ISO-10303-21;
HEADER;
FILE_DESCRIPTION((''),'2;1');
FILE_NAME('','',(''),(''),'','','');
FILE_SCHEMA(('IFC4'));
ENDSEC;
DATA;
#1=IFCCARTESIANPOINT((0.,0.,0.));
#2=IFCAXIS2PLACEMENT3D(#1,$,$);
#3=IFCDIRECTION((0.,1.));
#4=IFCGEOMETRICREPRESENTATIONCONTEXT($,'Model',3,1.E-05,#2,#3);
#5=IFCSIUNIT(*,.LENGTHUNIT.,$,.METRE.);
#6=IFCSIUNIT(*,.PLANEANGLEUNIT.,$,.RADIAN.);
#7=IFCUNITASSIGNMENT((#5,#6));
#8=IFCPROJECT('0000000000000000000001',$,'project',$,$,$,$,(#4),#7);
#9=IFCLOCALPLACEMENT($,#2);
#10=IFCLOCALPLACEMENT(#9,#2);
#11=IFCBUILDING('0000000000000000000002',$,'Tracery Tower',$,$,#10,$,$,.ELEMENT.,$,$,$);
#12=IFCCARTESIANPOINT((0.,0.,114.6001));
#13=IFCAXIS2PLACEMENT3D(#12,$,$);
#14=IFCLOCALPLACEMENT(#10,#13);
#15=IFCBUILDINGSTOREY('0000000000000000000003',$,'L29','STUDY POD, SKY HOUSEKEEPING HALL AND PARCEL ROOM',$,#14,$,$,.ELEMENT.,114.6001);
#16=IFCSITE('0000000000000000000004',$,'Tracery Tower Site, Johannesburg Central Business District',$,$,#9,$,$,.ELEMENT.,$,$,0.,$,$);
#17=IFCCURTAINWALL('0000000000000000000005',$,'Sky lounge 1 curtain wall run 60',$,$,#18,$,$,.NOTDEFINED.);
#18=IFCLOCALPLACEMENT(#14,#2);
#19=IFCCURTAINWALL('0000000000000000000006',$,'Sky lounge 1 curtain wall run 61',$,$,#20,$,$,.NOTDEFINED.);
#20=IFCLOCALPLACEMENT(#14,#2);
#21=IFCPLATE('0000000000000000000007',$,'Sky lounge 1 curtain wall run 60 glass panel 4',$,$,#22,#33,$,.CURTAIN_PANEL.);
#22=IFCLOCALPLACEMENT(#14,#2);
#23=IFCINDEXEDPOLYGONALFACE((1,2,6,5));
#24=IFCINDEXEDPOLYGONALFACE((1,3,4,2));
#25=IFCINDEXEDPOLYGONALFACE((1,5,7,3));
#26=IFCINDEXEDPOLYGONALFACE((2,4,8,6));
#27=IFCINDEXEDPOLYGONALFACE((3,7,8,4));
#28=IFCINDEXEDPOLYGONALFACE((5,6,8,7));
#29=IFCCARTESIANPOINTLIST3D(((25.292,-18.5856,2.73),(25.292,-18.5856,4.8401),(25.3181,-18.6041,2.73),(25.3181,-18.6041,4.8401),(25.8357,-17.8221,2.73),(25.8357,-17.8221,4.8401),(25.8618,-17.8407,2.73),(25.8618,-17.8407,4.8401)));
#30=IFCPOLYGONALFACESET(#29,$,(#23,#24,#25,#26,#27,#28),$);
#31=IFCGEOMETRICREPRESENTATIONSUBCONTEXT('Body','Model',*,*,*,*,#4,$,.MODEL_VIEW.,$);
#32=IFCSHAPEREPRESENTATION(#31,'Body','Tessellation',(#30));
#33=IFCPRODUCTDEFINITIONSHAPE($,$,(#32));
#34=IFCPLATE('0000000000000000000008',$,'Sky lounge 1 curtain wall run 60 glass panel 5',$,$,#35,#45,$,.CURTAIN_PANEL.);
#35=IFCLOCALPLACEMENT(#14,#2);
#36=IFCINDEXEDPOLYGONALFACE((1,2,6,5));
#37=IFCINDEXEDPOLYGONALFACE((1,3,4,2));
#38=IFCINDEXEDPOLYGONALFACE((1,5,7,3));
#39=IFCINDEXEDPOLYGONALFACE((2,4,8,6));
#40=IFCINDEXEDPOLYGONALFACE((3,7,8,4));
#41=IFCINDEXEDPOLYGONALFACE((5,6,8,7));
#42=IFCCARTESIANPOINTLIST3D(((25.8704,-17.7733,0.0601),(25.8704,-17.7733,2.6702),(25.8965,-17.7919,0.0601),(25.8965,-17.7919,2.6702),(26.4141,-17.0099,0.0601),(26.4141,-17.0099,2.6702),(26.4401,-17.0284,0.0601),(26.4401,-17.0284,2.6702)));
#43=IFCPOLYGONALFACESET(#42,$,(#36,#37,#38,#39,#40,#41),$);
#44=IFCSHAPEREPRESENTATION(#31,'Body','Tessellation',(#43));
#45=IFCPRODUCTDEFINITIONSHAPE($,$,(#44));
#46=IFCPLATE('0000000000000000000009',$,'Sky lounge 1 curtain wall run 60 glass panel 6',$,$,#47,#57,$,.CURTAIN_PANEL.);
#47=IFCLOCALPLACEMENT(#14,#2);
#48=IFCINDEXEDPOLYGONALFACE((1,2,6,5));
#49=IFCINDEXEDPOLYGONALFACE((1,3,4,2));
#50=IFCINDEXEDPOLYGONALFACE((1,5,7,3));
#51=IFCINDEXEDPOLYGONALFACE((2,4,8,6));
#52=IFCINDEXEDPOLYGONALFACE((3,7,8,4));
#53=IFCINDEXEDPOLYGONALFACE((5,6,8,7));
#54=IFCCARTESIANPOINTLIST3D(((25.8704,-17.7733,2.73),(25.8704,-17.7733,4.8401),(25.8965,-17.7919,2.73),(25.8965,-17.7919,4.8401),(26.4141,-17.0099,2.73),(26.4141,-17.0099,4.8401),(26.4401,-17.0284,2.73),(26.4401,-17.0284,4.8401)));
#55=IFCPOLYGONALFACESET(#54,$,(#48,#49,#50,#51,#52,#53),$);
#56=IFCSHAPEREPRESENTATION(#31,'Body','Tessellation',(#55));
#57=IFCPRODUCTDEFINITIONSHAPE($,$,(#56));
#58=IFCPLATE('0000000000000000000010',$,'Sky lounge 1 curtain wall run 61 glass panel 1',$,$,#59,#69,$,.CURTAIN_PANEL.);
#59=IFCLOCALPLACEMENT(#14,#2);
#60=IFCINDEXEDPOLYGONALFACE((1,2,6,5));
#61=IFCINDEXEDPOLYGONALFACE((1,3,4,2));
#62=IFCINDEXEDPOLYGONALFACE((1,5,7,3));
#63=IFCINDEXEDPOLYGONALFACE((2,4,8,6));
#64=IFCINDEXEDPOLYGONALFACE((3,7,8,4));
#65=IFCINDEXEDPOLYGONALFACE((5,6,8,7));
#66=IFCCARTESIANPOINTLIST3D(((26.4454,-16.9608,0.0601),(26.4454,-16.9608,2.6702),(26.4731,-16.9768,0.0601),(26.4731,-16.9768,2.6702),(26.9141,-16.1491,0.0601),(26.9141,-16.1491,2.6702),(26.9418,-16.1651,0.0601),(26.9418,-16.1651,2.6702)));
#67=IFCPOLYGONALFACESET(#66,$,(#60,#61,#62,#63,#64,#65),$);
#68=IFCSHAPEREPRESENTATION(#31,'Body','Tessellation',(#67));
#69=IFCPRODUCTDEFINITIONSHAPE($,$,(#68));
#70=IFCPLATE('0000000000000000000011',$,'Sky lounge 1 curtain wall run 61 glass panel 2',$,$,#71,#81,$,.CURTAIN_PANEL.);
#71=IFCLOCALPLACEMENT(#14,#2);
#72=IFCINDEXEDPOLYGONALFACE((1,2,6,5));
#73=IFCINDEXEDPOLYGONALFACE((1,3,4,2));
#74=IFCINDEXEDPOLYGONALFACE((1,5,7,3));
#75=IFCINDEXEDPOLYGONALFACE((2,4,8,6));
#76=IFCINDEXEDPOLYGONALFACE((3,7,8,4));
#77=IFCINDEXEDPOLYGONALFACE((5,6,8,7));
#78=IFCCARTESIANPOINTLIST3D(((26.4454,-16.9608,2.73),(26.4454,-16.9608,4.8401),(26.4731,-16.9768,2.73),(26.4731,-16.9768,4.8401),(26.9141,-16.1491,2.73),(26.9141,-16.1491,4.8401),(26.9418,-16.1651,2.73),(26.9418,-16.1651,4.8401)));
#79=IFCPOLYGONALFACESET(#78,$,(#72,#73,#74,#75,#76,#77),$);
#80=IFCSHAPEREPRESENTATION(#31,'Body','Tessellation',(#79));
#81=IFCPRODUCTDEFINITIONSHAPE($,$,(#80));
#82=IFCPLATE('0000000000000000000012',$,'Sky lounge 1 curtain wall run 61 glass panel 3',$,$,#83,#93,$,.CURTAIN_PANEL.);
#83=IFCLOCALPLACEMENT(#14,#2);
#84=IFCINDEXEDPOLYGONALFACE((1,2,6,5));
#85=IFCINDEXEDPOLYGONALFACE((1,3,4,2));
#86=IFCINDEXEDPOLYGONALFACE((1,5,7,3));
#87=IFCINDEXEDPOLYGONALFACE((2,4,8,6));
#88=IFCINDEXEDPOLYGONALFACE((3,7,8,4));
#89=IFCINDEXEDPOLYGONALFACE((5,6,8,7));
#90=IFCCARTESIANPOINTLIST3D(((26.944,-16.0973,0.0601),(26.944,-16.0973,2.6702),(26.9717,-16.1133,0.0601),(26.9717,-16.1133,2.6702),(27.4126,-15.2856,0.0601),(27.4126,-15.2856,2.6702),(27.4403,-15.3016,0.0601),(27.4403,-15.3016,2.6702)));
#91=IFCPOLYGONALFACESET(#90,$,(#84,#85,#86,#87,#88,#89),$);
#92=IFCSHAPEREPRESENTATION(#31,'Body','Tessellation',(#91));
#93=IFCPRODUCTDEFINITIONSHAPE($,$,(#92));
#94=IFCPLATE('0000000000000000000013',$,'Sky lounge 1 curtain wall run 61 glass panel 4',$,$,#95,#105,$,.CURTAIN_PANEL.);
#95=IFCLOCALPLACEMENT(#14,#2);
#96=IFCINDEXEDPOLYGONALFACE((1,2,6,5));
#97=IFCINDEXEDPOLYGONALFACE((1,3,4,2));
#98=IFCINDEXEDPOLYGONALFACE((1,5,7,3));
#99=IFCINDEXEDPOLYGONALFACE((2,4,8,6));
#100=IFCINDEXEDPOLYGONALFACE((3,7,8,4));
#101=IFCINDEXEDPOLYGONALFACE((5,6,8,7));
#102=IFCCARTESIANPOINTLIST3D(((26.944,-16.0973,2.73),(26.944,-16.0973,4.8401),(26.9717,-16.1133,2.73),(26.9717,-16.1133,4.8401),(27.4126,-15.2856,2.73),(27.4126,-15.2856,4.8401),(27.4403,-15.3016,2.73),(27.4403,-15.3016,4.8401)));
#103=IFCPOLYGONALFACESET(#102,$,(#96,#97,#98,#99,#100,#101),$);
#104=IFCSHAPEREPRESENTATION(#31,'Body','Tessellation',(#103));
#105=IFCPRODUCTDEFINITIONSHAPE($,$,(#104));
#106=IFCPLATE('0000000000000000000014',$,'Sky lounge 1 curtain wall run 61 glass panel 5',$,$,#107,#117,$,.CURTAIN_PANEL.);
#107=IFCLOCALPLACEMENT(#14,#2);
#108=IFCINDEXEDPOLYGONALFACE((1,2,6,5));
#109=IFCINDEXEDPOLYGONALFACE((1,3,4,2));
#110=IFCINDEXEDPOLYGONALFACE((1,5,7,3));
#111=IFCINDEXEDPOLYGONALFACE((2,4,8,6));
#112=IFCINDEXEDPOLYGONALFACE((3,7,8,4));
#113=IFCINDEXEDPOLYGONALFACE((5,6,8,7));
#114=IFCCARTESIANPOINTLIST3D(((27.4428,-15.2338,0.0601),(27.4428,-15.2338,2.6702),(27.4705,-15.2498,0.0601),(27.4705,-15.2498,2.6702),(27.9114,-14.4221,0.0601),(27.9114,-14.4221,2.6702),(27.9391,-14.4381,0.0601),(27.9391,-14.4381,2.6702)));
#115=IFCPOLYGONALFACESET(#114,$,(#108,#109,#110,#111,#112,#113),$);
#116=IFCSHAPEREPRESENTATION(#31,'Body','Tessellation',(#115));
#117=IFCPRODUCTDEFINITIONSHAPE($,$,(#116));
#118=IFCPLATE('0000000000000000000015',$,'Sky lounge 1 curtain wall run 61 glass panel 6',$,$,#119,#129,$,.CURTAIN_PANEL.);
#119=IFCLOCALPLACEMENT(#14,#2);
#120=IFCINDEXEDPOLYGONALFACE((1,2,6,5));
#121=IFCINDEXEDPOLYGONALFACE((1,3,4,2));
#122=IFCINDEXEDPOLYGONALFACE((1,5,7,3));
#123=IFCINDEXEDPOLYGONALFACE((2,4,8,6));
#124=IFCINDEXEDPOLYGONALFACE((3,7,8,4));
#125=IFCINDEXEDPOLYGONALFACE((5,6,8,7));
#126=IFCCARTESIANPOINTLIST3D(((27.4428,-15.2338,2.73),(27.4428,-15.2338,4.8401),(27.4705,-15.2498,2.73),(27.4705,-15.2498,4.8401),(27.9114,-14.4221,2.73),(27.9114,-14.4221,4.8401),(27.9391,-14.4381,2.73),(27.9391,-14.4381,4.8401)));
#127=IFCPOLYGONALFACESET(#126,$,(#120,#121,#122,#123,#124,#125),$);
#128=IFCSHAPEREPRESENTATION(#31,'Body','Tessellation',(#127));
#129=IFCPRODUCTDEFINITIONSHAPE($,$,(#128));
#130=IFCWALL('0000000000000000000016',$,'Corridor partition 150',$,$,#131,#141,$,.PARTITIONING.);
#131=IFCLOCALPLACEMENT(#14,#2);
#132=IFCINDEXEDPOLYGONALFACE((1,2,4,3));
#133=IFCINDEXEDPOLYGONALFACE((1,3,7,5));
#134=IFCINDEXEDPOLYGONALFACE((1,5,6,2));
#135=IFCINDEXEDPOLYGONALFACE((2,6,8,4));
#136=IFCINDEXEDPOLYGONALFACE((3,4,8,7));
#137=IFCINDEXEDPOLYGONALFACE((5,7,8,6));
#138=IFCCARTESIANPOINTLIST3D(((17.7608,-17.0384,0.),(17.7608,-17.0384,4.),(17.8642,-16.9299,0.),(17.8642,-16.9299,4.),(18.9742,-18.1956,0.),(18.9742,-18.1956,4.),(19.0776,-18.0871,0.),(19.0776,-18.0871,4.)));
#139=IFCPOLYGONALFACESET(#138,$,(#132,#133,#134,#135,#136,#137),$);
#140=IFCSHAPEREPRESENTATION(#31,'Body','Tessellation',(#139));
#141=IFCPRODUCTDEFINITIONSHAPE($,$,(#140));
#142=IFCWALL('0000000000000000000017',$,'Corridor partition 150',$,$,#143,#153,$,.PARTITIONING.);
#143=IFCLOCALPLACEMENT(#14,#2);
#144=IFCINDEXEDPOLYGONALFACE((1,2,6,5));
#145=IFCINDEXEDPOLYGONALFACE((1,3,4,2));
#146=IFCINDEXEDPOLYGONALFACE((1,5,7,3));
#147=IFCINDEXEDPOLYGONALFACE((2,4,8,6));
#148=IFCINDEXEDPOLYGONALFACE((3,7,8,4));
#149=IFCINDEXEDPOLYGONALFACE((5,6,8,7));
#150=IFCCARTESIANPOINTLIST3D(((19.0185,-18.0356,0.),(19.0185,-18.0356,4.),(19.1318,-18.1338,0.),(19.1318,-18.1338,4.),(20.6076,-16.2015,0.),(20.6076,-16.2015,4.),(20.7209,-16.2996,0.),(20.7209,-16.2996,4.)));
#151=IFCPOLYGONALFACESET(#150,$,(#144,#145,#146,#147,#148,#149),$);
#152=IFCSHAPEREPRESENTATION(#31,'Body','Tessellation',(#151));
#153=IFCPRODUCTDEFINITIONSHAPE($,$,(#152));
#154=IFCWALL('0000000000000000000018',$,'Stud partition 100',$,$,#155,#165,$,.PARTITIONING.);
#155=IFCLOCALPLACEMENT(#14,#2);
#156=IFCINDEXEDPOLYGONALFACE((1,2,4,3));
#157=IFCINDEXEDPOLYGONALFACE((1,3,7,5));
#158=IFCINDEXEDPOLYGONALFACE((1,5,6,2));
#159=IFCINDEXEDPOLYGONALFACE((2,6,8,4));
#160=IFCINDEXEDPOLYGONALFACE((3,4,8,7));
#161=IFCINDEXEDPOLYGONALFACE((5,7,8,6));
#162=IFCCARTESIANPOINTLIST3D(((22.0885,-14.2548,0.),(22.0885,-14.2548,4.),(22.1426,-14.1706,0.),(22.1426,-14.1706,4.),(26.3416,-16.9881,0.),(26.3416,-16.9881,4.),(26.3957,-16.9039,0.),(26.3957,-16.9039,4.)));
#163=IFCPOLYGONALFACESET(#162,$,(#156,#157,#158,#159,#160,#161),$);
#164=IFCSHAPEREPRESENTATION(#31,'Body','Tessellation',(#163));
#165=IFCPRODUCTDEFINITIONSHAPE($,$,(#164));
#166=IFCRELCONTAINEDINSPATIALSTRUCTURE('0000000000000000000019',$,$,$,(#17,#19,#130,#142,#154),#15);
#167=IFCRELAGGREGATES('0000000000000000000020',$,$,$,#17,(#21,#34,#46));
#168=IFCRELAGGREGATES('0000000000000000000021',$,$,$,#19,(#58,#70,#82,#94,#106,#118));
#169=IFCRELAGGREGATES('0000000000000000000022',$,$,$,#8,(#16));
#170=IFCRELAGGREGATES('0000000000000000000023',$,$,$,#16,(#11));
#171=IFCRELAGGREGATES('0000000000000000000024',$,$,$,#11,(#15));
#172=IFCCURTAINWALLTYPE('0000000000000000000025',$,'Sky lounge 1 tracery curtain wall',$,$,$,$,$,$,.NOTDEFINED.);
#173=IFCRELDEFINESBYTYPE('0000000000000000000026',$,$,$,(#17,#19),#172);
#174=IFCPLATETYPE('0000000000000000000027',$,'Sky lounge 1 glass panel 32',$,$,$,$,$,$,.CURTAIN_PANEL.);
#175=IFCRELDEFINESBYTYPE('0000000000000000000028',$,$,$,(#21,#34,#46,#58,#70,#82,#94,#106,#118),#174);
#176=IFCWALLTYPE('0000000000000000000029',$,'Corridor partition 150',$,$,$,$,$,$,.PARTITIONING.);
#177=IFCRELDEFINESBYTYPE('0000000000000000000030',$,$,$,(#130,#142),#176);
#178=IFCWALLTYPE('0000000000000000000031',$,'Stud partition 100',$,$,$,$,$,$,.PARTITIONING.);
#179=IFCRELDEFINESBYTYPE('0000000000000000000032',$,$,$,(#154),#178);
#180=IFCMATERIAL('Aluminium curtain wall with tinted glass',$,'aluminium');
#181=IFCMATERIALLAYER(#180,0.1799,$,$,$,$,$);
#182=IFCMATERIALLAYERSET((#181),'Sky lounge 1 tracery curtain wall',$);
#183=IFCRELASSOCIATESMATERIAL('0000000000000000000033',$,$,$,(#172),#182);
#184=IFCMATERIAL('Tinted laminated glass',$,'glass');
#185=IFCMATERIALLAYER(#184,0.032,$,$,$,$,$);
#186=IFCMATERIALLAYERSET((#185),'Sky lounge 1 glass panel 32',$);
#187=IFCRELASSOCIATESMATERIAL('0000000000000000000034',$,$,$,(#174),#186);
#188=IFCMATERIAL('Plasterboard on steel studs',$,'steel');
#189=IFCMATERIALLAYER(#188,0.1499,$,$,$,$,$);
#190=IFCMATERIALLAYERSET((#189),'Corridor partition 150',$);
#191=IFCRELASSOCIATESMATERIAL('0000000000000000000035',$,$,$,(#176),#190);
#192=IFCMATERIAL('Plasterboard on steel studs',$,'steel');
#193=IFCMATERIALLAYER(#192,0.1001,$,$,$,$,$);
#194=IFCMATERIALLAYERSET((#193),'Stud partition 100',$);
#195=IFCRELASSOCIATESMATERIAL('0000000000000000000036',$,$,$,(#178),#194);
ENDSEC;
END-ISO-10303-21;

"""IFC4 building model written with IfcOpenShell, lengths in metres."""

from ifc_helpers import new_model, si_unit, direction, frame, frame_2d, origin, origin_2d, place, context, subcontext, project, spatial, rectangle, extrude, material, layer, layer_set, type_object, element, aggregate, save


model = new_model("IFC4")

# Units and contexts
model_context = context("Model", 3, precision=1e-05, world=origin(), true_north=direction((0.0, 1.0)))
body_context = subcontext(model_context, "Body", "Model", "MODEL_VIEW")
ifc_project = project(units=[si_unit("LENGTHUNIT", "METRE"), si_unit("PLANEANGLEUNIT", "RADIAN")], contexts=[model_context])

# Site, building, storey
site_placement = place(None, origin())
site = spatial("IfcSite", under=ifc_project, at=site_placement, Name="Tracery Tower Site, Johannesburg Central Business District", CompositionType="ELEMENT", RefElevation=0.0)
building_placement = place(site_placement, origin())
building = spatial("IfcBuilding", under=site, at=building_placement, Name="Tracery Tower", CompositionType="ELEMENT")
storey_placement = place(building_placement, frame((0.0, 0.0, 114.6001)))
storey = spatial("IfcBuildingStorey", under=building, at=storey_placement, Name="L29", Description="STUDY POD, SKY HOUSEKEEPING HALL AND PARCEL ROOM", CompositionType="ELEMENT", Elevation=114.6001)

# Shared definitions
ifc_material_1 = material(Name="Aluminium curtain wall with tinted glass", Category="aluminium")
ifc_layer_1 = layer(ifc_material_1, 0.1799)
ifc_layer_set_1 = layer_set([ifc_layer_1], Name="Sky lounge 1 tracery curtain wall")
curtain_wall_type = type_object("IfcCurtainWallType", Name="Sky lounge 1 tracery curtain wall", PredefinedType="NOTDEFINED", material=ifc_layer_set_1)

# Curtain walls
curtain_wall_1_placement = place(storey_placement, origin())
curtain_wall_1 = element("IfcCurtainWall", 1, at=curtain_wall_1_placement, inside=storey, type_object=curtain_wall_type, Name="Sky lounge 1 curtain wall run 60", PredefinedType="NOTDEFINED")
curtain_wall_2_placement = place(storey_placement, origin())
curtain_wall_2 = element("IfcCurtainWall", 2, at=curtain_wall_2_placement, inside=storey, type_object=curtain_wall_type, Name="Sky lounge 1 curtain wall run 61", PredefinedType="NOTDEFINED")

# Plates
ifc_material_2 = material(Name="Tinted laminated glass", Category="glass")
ifc_layer_2 = layer(ifc_material_2, 0.032)
ifc_layer_set_2 = layer_set([ifc_layer_2], Name="Sky lounge 1 glass panel 32")
plate_type = type_object("IfcPlateType", Name="Sky lounge 1 glass panel 32", PredefinedType="CURTAIN_PANEL", material=ifc_layer_set_2)
plate_1_placement = place(storey_placement, frame((25.5769, -18.2131, 2.73), z_axis=(0.0, 0.0, 1.0), x_axis=(0.580057, 0.814576, 0.0)))
plate_1 = element("IfcPlate", 3, at=plate_1_placement, type_object=plate_type, Name="Sky lounge 1 curtain wall run 60 glass panel 4", PredefinedType="CURTAIN_PANEL", context=body_context, shape_type="SweptSolid", body=[
    extrude(rectangle(XDim=0.9373, YDim=0.032, at=origin_2d()), origin(), (0.0, 0.0, 1.0), 2.1101),
])
plate_2_placement = place(storey_placement, frame((26.1553, -17.4009, 0.0601), z_axis=(0.0, 0.0, 1.0), x_axis=(0.580057, 0.814576, 0.0)))
plate_2 = element("IfcPlate", 4, at=plate_2_placement, type_object=plate_type, Name="Sky lounge 1 curtain wall run 60 glass panel 5", PredefinedType="CURTAIN_PANEL", context=body_context, shape_type="SweptSolid", body=[
    extrude(rectangle(XDim=0.9373, YDim=0.032, at=origin_2d()), origin(), (0.0, 0.0, 1.0), 2.6101),
])
plate_3_placement = place(storey_placement, frame((26.1553, -17.4009, 2.73), z_axis=(0.0, 0.0, 1.0), x_axis=(0.580057, 0.814576, 0.0)))
plate_3 = element("IfcPlate", 5, at=plate_3_placement, type_object=plate_type, Name="Sky lounge 1 curtain wall run 60 glass panel 6", PredefinedType="CURTAIN_PANEL", context=body_context, shape_type="SweptSolid", body=[
    extrude(rectangle(XDim=0.9373, YDim=0.032, at=origin_2d()), origin(), (0.0, 0.0, 1.0), 2.1101),
])
aggregate(curtain_wall_1, [plate_1, plate_2, plate_3])
plate_4_placement = place(storey_placement, frame((26.6936, -16.563, 0.0601), z_axis=(0.0, 0.0, 1.0), x_axis=(0.5, 0.866025, 0.0)))
plate_4 = element("IfcPlate", 6, at=plate_4_placement, type_object=plate_type, Name="Sky lounge 1 curtain wall run 61 glass panel 1", PredefinedType="CURTAIN_PANEL", context=body_context, shape_type="SweptSolid", body=[
    extrude(rectangle(XDim=0.9373, YDim=0.032, at=origin_2d()), origin(), (0.0, 0.0, 1.0), 2.6101),
])
plate_5_placement = place(storey_placement, frame((26.6936, -16.563, 2.73), z_axis=(0.0, 0.0, 1.0), x_axis=(0.5, 0.866025, 0.0)))
plate_5 = element("IfcPlate", 7, at=plate_5_placement, type_object=plate_type, Name="Sky lounge 1 curtain wall run 61 glass panel 2", PredefinedType="CURTAIN_PANEL", context=body_context, shape_type="SweptSolid", body=[
    extrude(rectangle(XDim=0.9373, YDim=0.032, at=origin_2d()), origin(), (0.0, 0.0, 1.0), 2.1101),
])
plate_6_placement = place(storey_placement, frame((27.1921, -15.6995, 0.0601), z_axis=(0.0, 0.0, 1.0), x_axis=(0.5, 0.866025, 0.0)))
plate_6 = element("IfcPlate", 8, at=plate_6_placement, type_object=plate_type, Name="Sky lounge 1 curtain wall run 61 glass panel 3", PredefinedType="CURTAIN_PANEL", context=body_context, shape_type="SweptSolid", body=[
    extrude(rectangle(XDim=0.9373, YDim=0.032, at=origin_2d()), origin(), (0.0, 0.0, 1.0), 2.6101),
])
plate_7_placement = place(storey_placement, frame((27.1921, -15.6995, 2.73), z_axis=(0.0, 0.0, 1.0), x_axis=(0.5, 0.866025, 0.0)))
plate_7 = element("IfcPlate", 9, at=plate_7_placement, type_object=plate_type, Name="Sky lounge 1 curtain wall run 61 glass panel 4", PredefinedType="CURTAIN_PANEL", context=body_context, shape_type="SweptSolid", body=[
    extrude(rectangle(XDim=0.9373, YDim=0.032, at=origin_2d()), origin(), (0.0, 0.0, 1.0), 2.1101),
])
plate_8_placement = place(storey_placement, frame((27.6909, -14.8359, 0.0601), z_axis=(0.0, 0.0, 1.0), x_axis=(0.5, 0.866025, 0.0)))
plate_8 = element("IfcPlate", 10, at=plate_8_placement, type_object=plate_type, Name="Sky lounge 1 curtain wall run 61 glass panel 5", PredefinedType="CURTAIN_PANEL", context=body_context, shape_type="SweptSolid", body=[
    extrude(rectangle(XDim=0.9373, YDim=0.032, at=origin_2d()), origin(), (0.0, 0.0, 1.0), 2.6101),
])
plate_9_placement = place(storey_placement, frame((27.6909, -14.8359, 2.73), z_axis=(0.0, 0.0, 1.0), x_axis=(0.5, 0.866025, 0.0)))
plate_9 = element("IfcPlate", 11, at=plate_9_placement, type_object=plate_type, Name="Sky lounge 1 curtain wall run 61 glass panel 6", PredefinedType="CURTAIN_PANEL", context=body_context, shape_type="SweptSolid", body=[
    extrude(rectangle(XDim=0.9373, YDim=0.032, at=origin_2d()), origin(), (0.0, 0.0, 1.0), 2.1101),
])
aggregate(curtain_wall_2, [plate_4, plate_5, plate_6, plate_7, plate_8, plate_9])

# Walls
ifc_material_3 = material(Name="Plasterboard on steel studs", Category="steel")
ifc_layer_3 = layer(ifc_material_3, 0.1499)
ifc_layer_set_3 = layer_set([ifc_layer_3], Name="Corridor partition 150")
wall_type_1 = type_object("IfcWallType", Name="Corridor partition 150", PredefinedType="PARTITIONING", material=ifc_layer_set_3)
wall_1_placement = place(storey_placement, frame((19.0259, -18.1414, 0.0), z_axis=(0.0, 0.0, 1.0), x_axis=(-0.723653, 0.690164, 0.0)))
element("IfcWall", 12, at=wall_1_placement, inside=storey, type_object=wall_type_1, Name="Corridor partition 150", PredefinedType="PARTITIONING", context=body_context, shape_type="SweptSolid", body=[
    extrude(rectangle(XDim=1.6768, YDim=0.1499, at=frame_2d((0.8384, 0.0))), origin(), (0.0, 0.0, 1.0), 4.0),
])
wall_2_placement = place(storey_placement, frame((19.0752, -18.0847, 0.0), z_axis=(0.0, 0.0, 1.0), x_axis=(0.6548, 0.755802, 0.0)))
element("IfcWall", 13, at=wall_2_placement, inside=storey, type_object=wall_type_1, Name="Corridor partition 150", PredefinedType="PARTITIONING", context=body_context, shape_type="SweptSolid", body=[
    extrude(rectangle(XDim=2.4268, YDim=0.1499, at=frame_2d((1.2134, 0.0))), origin(), (0.0, 0.0, 1.0), 4.0),
])
ifc_material_4 = material(Name="Plasterboard on steel studs", Category="steel")
ifc_layer_4 = layer(ifc_material_4, 0.1001)
ifc_layer_set_4 = layer_set([ifc_layer_4], Name="Stud partition 100")
wall_type_2 = type_object("IfcWallType", Name="Stud partition 100", PredefinedType="PARTITIONING", material=ifc_layer_set_4)
wall_3_placement = place(storey_placement, frame((26.3687, -16.946, 0.0), z_axis=(0.0, 0.0, 1.0), x_axis=(-0.841249, 0.540648, 0.0)))
element("IfcWall", 14, at=wall_3_placement, inside=storey, type_object=wall_type_2, Name="Stud partition 100", PredefinedType="PARTITIONING", context=body_context, shape_type="SweptSolid", body=[
    extrude(rectangle(XDim=5.0557, YDim=0.1001, at=frame_2d((2.5278, 0.0))), origin(), (0.0, 0.0, 1.0), 4.0),
])

save(model, "model.ifc")
